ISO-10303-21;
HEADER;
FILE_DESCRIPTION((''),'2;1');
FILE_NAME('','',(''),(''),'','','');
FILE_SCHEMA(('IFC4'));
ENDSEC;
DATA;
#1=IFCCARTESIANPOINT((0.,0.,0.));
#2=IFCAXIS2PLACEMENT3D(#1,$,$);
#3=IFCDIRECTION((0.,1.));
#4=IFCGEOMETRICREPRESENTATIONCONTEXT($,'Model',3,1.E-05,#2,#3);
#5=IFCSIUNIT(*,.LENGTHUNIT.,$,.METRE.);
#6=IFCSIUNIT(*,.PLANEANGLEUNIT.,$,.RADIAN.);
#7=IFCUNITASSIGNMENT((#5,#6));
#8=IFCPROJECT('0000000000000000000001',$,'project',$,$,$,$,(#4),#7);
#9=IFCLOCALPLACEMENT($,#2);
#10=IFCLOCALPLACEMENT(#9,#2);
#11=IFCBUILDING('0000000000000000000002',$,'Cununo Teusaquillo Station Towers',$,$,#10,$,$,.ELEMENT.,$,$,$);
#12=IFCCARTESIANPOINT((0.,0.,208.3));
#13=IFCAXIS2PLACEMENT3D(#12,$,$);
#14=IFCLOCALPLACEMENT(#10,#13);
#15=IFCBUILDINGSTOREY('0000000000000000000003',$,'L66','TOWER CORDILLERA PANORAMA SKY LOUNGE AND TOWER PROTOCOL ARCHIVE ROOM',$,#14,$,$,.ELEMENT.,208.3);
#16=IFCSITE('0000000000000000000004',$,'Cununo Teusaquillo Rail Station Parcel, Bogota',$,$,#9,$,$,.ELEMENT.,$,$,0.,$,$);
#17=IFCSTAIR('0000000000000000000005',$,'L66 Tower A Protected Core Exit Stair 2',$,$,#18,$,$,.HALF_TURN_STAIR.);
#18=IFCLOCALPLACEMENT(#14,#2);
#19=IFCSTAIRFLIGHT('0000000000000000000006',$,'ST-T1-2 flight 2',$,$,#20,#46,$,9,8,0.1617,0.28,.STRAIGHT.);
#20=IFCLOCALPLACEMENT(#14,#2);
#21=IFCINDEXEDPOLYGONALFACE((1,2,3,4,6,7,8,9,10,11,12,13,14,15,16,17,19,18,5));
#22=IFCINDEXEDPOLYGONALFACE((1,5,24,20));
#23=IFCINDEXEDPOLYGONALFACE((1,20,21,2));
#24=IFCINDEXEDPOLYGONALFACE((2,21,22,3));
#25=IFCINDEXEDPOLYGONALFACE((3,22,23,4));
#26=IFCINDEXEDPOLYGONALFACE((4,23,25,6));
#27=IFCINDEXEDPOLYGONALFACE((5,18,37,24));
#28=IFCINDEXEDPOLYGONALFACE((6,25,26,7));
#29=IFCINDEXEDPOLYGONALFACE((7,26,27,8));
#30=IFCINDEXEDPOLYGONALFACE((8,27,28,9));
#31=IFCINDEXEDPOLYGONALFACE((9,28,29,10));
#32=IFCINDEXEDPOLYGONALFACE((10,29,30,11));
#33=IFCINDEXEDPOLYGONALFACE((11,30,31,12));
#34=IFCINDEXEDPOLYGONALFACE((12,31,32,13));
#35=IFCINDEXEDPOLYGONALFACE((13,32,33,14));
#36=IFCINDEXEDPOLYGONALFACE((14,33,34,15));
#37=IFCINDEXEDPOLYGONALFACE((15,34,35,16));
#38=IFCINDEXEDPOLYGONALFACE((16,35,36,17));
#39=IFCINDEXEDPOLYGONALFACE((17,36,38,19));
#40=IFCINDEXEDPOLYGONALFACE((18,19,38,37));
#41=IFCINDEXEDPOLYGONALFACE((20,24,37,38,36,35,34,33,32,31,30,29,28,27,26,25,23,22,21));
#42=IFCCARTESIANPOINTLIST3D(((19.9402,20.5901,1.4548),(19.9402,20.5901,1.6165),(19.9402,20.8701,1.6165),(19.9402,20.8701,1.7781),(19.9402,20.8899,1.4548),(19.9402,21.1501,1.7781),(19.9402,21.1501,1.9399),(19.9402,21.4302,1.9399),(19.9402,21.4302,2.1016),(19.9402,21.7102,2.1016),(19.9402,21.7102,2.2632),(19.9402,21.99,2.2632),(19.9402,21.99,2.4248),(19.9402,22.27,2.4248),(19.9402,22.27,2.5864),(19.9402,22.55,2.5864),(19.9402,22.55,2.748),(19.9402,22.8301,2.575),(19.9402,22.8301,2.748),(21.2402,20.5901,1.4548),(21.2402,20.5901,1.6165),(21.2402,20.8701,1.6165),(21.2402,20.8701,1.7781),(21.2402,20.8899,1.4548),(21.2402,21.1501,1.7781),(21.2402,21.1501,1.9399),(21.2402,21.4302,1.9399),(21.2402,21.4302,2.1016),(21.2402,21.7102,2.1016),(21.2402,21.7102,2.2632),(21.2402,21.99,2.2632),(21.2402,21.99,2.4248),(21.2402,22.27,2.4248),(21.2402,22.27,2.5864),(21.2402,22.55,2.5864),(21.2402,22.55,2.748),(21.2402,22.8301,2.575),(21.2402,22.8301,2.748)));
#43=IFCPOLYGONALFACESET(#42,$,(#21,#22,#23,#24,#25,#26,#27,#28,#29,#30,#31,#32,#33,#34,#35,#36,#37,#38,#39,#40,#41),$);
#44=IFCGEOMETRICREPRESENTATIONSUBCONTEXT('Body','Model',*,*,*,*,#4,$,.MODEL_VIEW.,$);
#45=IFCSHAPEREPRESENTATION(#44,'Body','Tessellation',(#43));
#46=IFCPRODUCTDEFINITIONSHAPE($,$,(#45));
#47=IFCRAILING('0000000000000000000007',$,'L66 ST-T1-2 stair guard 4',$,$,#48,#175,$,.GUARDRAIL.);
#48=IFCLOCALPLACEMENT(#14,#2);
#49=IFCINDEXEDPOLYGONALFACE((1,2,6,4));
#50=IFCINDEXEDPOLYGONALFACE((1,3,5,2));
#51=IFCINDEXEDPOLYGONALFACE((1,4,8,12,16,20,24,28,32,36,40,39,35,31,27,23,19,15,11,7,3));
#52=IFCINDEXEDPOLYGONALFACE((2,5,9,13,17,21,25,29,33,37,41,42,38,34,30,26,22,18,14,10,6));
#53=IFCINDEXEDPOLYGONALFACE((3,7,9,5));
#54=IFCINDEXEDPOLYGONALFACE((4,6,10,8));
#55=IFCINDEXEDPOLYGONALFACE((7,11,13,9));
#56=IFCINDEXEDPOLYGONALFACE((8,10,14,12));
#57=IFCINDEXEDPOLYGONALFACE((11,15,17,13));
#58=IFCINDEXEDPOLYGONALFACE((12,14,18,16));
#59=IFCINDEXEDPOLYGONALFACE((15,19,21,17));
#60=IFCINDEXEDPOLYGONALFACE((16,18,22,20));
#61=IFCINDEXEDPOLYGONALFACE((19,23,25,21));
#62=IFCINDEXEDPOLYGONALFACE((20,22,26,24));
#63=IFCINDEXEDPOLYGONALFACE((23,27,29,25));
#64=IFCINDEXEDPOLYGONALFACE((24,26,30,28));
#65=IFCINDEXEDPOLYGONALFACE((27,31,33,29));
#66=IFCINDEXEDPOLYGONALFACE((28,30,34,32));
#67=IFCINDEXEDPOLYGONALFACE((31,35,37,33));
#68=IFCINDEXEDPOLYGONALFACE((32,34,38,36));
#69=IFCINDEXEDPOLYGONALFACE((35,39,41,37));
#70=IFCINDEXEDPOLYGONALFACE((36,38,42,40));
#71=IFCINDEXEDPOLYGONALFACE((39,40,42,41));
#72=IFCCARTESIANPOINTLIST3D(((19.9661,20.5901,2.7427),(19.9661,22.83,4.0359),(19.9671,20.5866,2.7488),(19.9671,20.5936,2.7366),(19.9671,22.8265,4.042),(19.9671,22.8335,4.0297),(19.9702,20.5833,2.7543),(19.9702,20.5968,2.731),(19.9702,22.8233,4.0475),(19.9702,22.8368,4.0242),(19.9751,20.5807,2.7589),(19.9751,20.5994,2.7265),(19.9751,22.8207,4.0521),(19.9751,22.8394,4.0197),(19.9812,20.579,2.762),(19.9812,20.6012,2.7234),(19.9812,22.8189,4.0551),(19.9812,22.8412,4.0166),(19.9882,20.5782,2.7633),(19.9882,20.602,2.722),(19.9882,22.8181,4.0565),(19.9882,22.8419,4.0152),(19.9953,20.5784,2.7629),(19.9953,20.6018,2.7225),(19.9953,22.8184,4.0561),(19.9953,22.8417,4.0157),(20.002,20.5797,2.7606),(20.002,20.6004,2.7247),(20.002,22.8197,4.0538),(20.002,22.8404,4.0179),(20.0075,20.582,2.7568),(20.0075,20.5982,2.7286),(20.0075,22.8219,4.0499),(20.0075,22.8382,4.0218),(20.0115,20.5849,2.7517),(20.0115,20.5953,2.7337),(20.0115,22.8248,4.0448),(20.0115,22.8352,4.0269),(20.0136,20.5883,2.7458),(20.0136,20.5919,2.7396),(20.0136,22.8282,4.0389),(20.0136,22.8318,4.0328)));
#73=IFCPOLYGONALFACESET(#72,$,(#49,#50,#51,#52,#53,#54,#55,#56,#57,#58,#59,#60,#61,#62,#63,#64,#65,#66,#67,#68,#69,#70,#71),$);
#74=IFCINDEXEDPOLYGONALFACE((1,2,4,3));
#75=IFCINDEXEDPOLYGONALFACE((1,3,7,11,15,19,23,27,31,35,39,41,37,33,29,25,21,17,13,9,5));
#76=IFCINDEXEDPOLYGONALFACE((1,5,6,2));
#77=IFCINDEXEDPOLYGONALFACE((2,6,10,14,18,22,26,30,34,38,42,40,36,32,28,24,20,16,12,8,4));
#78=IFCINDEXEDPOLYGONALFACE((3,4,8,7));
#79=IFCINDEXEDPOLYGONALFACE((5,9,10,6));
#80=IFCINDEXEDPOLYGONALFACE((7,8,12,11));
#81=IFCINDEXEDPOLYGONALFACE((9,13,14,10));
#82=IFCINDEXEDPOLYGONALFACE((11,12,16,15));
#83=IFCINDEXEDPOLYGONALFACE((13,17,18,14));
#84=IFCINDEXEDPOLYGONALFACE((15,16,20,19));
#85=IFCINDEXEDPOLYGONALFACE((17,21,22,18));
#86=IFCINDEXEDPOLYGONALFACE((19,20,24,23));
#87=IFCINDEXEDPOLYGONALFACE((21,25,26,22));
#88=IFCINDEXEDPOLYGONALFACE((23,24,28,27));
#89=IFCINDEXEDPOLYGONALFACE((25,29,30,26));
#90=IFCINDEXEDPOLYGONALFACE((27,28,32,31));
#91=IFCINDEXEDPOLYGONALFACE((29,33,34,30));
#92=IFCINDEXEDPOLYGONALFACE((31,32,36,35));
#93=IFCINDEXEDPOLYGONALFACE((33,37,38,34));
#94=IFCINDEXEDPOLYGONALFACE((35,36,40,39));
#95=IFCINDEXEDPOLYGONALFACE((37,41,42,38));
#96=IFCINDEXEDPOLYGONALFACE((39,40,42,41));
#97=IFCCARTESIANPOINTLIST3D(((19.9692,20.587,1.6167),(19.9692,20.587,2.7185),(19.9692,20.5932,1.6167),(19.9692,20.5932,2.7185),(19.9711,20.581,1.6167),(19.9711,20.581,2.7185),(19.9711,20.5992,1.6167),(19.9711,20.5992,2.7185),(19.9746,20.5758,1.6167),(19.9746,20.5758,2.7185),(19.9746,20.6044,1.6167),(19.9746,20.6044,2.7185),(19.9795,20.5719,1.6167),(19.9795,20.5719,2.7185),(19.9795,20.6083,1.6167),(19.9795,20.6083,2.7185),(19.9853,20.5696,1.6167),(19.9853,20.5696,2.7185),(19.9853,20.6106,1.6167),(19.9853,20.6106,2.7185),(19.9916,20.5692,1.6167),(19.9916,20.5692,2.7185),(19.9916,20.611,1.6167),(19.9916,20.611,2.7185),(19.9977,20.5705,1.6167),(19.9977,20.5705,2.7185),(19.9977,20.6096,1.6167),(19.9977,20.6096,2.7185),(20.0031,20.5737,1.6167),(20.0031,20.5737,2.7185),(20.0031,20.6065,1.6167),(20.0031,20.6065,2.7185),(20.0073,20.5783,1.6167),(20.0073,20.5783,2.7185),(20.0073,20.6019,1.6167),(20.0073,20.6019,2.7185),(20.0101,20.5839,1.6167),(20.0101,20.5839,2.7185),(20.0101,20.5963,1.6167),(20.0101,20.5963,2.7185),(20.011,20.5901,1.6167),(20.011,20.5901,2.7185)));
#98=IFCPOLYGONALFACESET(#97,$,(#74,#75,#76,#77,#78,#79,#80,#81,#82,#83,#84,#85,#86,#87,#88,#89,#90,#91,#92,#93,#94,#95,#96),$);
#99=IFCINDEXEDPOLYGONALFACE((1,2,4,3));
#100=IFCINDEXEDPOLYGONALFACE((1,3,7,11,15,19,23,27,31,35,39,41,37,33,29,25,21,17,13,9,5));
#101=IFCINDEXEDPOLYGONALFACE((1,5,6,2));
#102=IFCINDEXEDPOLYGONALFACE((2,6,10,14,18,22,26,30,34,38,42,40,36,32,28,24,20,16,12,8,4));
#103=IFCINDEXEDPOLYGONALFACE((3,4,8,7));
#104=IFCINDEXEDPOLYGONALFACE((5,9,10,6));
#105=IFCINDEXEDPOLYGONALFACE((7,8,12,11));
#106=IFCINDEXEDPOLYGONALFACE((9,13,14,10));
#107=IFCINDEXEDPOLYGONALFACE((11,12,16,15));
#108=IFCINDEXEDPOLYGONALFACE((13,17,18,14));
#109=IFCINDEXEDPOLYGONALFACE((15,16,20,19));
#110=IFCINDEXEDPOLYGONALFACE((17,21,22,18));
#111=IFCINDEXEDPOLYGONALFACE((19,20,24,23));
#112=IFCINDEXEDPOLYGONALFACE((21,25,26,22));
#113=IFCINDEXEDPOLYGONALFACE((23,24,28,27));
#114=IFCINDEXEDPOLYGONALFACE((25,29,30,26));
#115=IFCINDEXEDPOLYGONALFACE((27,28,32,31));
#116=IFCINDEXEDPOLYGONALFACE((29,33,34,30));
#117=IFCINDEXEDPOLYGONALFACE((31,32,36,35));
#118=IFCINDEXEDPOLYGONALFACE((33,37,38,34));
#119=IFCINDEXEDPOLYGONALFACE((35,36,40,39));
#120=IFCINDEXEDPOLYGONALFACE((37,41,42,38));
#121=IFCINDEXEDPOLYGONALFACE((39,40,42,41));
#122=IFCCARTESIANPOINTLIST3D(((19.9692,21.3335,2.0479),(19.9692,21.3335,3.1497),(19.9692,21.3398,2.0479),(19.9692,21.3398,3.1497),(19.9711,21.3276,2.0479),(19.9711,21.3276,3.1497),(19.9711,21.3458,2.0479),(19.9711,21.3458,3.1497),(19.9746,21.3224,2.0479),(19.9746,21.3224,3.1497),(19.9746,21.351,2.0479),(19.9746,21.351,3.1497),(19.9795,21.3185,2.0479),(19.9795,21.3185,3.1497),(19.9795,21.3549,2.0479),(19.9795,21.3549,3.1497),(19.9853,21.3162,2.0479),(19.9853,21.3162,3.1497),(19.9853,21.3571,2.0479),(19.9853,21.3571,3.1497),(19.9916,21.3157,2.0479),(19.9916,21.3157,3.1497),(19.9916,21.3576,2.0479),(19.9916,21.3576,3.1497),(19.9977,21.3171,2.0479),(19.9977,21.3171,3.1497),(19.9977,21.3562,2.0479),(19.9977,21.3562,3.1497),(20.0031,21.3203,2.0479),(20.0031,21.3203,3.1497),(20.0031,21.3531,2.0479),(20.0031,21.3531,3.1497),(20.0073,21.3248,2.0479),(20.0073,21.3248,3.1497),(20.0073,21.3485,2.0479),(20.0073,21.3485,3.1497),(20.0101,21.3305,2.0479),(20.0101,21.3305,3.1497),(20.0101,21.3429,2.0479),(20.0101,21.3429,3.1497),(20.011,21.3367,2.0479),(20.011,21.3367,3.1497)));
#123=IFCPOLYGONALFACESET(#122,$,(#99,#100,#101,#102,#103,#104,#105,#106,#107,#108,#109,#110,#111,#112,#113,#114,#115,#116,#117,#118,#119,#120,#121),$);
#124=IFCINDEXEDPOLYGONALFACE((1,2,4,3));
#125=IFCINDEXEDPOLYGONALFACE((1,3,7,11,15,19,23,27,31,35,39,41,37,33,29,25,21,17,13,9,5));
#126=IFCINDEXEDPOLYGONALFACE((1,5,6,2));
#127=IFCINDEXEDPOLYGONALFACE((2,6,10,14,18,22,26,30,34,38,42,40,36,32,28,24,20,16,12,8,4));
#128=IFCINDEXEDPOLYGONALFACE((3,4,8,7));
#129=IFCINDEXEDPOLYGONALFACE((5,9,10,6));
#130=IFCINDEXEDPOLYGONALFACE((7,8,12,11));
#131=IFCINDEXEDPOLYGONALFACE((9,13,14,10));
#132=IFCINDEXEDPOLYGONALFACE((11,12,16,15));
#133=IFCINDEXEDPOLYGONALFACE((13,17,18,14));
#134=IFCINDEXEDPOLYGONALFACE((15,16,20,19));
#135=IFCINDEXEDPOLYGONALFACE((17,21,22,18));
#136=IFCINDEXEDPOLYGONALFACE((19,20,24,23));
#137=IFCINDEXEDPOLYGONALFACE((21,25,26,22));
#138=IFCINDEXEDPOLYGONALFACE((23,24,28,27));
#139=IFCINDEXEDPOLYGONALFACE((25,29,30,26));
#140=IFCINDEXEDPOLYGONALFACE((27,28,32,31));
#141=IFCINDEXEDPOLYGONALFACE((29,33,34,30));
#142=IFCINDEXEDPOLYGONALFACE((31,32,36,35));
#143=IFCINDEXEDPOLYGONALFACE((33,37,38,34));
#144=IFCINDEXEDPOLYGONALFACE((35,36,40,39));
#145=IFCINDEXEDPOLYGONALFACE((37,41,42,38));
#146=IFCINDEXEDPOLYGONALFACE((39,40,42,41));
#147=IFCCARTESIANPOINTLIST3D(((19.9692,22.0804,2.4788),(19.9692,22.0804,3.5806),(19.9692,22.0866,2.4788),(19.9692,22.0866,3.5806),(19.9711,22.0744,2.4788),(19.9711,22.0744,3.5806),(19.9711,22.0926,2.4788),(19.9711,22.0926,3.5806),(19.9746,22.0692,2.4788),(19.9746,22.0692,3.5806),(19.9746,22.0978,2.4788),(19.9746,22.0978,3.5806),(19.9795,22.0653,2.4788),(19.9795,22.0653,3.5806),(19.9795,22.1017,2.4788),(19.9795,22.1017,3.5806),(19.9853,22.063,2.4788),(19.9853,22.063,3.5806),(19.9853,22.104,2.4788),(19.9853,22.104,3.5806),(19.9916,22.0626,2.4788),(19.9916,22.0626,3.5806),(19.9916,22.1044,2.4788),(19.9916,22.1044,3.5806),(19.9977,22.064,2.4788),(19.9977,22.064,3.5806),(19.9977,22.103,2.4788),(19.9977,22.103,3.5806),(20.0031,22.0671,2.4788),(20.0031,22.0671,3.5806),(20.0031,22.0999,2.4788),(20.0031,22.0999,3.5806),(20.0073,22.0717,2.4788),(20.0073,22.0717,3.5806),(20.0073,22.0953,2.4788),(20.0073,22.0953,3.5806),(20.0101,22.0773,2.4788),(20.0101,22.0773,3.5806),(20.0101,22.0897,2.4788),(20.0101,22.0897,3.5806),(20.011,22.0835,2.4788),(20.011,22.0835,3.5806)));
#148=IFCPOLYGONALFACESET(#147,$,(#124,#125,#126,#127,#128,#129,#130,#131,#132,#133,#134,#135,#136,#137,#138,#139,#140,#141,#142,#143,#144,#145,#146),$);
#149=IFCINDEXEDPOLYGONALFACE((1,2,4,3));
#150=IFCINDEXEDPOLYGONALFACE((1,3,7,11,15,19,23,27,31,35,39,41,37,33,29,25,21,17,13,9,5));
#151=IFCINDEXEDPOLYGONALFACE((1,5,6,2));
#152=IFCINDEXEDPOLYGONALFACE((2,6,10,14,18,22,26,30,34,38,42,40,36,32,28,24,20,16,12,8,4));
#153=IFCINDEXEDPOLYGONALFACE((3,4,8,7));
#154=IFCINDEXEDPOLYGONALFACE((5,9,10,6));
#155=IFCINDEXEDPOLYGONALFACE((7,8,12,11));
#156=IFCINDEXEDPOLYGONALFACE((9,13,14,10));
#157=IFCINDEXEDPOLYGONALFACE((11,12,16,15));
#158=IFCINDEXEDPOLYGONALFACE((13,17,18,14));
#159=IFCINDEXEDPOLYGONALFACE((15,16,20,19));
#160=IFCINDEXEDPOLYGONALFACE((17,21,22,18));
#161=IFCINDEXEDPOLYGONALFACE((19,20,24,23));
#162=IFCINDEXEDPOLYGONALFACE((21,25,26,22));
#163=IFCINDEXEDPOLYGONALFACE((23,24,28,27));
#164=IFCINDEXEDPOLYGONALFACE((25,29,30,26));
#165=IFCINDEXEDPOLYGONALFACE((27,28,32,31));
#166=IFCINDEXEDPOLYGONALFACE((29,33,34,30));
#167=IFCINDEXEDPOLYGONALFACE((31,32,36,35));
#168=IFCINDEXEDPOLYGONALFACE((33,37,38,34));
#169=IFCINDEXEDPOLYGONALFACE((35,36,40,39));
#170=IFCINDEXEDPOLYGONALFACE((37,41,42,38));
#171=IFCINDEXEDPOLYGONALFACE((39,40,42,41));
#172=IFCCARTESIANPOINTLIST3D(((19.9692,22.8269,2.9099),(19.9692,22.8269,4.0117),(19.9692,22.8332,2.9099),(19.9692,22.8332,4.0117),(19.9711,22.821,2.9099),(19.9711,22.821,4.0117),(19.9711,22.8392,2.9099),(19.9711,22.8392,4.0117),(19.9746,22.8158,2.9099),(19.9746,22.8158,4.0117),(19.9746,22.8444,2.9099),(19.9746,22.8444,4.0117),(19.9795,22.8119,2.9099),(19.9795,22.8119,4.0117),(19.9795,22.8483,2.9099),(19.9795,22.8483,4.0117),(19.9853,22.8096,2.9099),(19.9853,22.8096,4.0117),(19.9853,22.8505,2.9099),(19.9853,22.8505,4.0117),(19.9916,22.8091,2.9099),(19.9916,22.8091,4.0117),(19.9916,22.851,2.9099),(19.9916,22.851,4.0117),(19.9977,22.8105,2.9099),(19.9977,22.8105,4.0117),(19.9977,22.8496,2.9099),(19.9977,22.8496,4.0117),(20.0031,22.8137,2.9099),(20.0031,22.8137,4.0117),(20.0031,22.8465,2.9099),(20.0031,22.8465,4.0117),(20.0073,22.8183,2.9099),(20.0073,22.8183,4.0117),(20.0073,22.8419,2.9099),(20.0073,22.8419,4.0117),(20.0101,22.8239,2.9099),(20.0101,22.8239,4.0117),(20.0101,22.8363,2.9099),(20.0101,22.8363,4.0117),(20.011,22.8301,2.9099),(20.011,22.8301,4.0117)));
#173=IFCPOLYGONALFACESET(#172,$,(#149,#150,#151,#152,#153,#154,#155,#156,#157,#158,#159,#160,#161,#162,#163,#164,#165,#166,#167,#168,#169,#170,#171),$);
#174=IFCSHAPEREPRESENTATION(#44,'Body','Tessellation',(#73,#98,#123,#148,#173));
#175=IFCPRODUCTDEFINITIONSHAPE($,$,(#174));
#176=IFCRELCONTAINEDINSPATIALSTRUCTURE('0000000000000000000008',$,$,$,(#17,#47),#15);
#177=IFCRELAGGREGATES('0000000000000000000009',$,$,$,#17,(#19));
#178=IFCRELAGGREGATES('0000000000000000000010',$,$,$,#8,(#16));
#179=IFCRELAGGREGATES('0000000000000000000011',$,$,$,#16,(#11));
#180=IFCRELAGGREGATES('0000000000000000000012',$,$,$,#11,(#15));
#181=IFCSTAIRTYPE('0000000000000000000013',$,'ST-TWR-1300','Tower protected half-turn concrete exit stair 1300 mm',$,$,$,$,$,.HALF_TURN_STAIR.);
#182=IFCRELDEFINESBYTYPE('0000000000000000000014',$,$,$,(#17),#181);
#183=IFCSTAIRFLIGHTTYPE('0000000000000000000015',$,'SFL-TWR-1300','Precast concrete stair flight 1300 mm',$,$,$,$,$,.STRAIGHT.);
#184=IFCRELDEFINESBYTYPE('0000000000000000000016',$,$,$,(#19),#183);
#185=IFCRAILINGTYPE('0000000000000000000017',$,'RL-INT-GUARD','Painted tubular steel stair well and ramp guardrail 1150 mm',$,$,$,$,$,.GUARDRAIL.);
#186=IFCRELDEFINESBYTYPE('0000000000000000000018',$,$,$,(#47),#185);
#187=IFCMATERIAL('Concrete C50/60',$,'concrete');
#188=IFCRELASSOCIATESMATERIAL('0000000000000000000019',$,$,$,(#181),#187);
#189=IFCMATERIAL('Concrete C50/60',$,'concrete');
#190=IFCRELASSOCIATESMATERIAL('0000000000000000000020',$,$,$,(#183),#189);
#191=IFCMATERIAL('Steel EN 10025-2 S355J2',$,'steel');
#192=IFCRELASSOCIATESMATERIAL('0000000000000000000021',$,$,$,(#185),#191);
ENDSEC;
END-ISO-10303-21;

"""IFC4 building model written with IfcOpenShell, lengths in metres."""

from ifc_helpers import new_model, si_unit, direction, frame, origin, origin_2d, place, context, subcontext, project, spatial, polyline, circle, outline, extrude, material, type_object, element, aggregate, save


model = new_model("IFC4")

# Units and contexts
model_context = context("Model", 3, precision=1e-05, world=origin(), true_north=direction((0.0, 1.0)))
body_context = subcontext(model_context, "Body", "Model", "MODEL_VIEW")
ifc_project = project(units=[si_unit("LENGTHUNIT", "METRE"), si_unit("PLANEANGLEUNIT", "RADIAN")], contexts=[model_context])

# Site, building, storey
site_placement = place(None, origin())
site = spatial("IfcSite", under=ifc_project, at=site_placement, Name="Cununo Teusaquillo Rail Station Parcel, Bogota", CompositionType="ELEMENT", RefElevation=0.0)
building_placement = place(site_placement, origin())
building = spatial("IfcBuilding", under=site, at=building_placement, Name="Cununo Teusaquillo Station Towers", CompositionType="ELEMENT")
storey_placement = place(building_placement, frame((0.0, 0.0, 208.3)))
storey = spatial("IfcBuildingStorey", under=building, at=storey_placement, Name="L66", Description="TOWER CORDILLERA PANORAMA SKY LOUNGE AND TOWER PROTOCOL ARCHIVE ROOM", CompositionType="ELEMENT", Elevation=208.3)

# Stair, stair flight
ifc_material_1 = material(Name="Concrete C50/60", Category="concrete")
stair_type = type_object("IfcStairType", Name="ST-TWR-1300", Description="Tower protected half-turn concrete exit stair 1300 mm", PredefinedType="HALF_TURN_STAIR", material=ifc_material_1)
stair_placement = place(storey_placement, origin())
stair = element("IfcStair", 1, at=stair_placement, inside=storey, type_object=stair_type, Name="L66 Tower A Protected Core Exit Stair 2", PredefinedType="HALF_TURN_STAIR")
ifc_material_2 = material(Name="Concrete C50/60", Category="concrete")
stair_flight_type = type_object("IfcStairFlightType", Name="SFL-TWR-1300", Description="Precast concrete stair flight 1300 mm", PredefinedType="STRAIGHT", material=ifc_material_2)
stair_flight_placement = place(storey_placement, frame((20.5901, 20.5901, 1.4548), z_axis=(0.0, 0.0, 1.0), x_axis=(0.0, 1.0, 0.0)))
stair_flight = element("IfcStairFlight", 2, at=stair_flight_placement, type_object=stair_flight_type, Name="ST-T1-2 flight 2", NumberOfRisers=9, NumberOfTreads=8, PredefinedType="STRAIGHT", RiserHeight=0.1617, TreadLength=0.28, context=body_context, shape_type="SweptSolid", body=[
    extrude(outline(polyline([(0.0, 0.0), (0.0, 0.1616), (0.28, 0.1616), (0.28, 0.3232), (0.5601, 0.3232), (0.5601, 0.4851), (0.8401, 0.4851), (0.8401, 0.6467), (1.1201, 0.6467), (1.1201, 0.8083), (1.3999, 0.8083), (1.3999, 0.97), (1.6799, 0.97), (1.6799, 1.1316), (1.96, 1.1316), (1.96, 1.2932), (2.24, 1.2932), (2.24, 1.4551), (2.24, 1.1201), (0.2998, 0.0), (0.0, 0.0)])), frame((0.0, 0.6499, 0.0), z_axis=(0.0, -1.0, 0.0), x_axis=(1.0, 0.0, 0.0)), (0.0, 0.0, 1.0), 1.3),
])
aggregate(stair, [stair_flight])

# Railing
ifc_material_3 = material(Name="Steel EN 10025-2 S355J2", Category="steel")
railing_type_1 = type_object("IfcRailingType", Name="RL-INT-GUARD", Description="Painted tubular steel stair well and ramp guardrail 1150 mm", PredefinedType="GUARDRAIL", material=ifc_material_3)
railing_1_placement = place(storey_placement, frame((19.99, 20.5901, 1.6167)))
element("IfcRailing", 3, at=railing_1_placement, inside=storey, type_object=railing_type_1, Name="L66 ST-T1-2 stair guard 4", PredefinedType="GUARDRAIL", context=body_context, shape_type="SweptSolid", body=[
    extrude(circle(Radius=0.0239, at=origin_2d()), frame((0.0, 0.0, 1.126), z_axis=(0.0, 0.866033, 0.499987), x_axis=(-1.0, 0.0, 0.0)), (0.0, 0.0, 1.0), 2.5864),
    extrude(circle(Radius=0.021, at=origin_2d()), origin(), (0.0, 0.0, 1.0), 1.1018),
    extrude(circle(Radius=0.021, at=origin_2d()), frame((0.0, 0.7466, 0.4312)), (0.0, 0.0, 1.0), 1.1018),
    extrude(circle(Radius=0.021, at=origin_2d()), frame((0.0, 1.4934, 0.8621)), (0.0, 0.0, 1.0), 1.1018),
    extrude(circle(Radius=0.021, at=origin_2d()), frame((0.0, 2.24, 1.2932)), (0.0, 0.0, 1.0), 1.1018),
])

save(model, "model.ifc")
